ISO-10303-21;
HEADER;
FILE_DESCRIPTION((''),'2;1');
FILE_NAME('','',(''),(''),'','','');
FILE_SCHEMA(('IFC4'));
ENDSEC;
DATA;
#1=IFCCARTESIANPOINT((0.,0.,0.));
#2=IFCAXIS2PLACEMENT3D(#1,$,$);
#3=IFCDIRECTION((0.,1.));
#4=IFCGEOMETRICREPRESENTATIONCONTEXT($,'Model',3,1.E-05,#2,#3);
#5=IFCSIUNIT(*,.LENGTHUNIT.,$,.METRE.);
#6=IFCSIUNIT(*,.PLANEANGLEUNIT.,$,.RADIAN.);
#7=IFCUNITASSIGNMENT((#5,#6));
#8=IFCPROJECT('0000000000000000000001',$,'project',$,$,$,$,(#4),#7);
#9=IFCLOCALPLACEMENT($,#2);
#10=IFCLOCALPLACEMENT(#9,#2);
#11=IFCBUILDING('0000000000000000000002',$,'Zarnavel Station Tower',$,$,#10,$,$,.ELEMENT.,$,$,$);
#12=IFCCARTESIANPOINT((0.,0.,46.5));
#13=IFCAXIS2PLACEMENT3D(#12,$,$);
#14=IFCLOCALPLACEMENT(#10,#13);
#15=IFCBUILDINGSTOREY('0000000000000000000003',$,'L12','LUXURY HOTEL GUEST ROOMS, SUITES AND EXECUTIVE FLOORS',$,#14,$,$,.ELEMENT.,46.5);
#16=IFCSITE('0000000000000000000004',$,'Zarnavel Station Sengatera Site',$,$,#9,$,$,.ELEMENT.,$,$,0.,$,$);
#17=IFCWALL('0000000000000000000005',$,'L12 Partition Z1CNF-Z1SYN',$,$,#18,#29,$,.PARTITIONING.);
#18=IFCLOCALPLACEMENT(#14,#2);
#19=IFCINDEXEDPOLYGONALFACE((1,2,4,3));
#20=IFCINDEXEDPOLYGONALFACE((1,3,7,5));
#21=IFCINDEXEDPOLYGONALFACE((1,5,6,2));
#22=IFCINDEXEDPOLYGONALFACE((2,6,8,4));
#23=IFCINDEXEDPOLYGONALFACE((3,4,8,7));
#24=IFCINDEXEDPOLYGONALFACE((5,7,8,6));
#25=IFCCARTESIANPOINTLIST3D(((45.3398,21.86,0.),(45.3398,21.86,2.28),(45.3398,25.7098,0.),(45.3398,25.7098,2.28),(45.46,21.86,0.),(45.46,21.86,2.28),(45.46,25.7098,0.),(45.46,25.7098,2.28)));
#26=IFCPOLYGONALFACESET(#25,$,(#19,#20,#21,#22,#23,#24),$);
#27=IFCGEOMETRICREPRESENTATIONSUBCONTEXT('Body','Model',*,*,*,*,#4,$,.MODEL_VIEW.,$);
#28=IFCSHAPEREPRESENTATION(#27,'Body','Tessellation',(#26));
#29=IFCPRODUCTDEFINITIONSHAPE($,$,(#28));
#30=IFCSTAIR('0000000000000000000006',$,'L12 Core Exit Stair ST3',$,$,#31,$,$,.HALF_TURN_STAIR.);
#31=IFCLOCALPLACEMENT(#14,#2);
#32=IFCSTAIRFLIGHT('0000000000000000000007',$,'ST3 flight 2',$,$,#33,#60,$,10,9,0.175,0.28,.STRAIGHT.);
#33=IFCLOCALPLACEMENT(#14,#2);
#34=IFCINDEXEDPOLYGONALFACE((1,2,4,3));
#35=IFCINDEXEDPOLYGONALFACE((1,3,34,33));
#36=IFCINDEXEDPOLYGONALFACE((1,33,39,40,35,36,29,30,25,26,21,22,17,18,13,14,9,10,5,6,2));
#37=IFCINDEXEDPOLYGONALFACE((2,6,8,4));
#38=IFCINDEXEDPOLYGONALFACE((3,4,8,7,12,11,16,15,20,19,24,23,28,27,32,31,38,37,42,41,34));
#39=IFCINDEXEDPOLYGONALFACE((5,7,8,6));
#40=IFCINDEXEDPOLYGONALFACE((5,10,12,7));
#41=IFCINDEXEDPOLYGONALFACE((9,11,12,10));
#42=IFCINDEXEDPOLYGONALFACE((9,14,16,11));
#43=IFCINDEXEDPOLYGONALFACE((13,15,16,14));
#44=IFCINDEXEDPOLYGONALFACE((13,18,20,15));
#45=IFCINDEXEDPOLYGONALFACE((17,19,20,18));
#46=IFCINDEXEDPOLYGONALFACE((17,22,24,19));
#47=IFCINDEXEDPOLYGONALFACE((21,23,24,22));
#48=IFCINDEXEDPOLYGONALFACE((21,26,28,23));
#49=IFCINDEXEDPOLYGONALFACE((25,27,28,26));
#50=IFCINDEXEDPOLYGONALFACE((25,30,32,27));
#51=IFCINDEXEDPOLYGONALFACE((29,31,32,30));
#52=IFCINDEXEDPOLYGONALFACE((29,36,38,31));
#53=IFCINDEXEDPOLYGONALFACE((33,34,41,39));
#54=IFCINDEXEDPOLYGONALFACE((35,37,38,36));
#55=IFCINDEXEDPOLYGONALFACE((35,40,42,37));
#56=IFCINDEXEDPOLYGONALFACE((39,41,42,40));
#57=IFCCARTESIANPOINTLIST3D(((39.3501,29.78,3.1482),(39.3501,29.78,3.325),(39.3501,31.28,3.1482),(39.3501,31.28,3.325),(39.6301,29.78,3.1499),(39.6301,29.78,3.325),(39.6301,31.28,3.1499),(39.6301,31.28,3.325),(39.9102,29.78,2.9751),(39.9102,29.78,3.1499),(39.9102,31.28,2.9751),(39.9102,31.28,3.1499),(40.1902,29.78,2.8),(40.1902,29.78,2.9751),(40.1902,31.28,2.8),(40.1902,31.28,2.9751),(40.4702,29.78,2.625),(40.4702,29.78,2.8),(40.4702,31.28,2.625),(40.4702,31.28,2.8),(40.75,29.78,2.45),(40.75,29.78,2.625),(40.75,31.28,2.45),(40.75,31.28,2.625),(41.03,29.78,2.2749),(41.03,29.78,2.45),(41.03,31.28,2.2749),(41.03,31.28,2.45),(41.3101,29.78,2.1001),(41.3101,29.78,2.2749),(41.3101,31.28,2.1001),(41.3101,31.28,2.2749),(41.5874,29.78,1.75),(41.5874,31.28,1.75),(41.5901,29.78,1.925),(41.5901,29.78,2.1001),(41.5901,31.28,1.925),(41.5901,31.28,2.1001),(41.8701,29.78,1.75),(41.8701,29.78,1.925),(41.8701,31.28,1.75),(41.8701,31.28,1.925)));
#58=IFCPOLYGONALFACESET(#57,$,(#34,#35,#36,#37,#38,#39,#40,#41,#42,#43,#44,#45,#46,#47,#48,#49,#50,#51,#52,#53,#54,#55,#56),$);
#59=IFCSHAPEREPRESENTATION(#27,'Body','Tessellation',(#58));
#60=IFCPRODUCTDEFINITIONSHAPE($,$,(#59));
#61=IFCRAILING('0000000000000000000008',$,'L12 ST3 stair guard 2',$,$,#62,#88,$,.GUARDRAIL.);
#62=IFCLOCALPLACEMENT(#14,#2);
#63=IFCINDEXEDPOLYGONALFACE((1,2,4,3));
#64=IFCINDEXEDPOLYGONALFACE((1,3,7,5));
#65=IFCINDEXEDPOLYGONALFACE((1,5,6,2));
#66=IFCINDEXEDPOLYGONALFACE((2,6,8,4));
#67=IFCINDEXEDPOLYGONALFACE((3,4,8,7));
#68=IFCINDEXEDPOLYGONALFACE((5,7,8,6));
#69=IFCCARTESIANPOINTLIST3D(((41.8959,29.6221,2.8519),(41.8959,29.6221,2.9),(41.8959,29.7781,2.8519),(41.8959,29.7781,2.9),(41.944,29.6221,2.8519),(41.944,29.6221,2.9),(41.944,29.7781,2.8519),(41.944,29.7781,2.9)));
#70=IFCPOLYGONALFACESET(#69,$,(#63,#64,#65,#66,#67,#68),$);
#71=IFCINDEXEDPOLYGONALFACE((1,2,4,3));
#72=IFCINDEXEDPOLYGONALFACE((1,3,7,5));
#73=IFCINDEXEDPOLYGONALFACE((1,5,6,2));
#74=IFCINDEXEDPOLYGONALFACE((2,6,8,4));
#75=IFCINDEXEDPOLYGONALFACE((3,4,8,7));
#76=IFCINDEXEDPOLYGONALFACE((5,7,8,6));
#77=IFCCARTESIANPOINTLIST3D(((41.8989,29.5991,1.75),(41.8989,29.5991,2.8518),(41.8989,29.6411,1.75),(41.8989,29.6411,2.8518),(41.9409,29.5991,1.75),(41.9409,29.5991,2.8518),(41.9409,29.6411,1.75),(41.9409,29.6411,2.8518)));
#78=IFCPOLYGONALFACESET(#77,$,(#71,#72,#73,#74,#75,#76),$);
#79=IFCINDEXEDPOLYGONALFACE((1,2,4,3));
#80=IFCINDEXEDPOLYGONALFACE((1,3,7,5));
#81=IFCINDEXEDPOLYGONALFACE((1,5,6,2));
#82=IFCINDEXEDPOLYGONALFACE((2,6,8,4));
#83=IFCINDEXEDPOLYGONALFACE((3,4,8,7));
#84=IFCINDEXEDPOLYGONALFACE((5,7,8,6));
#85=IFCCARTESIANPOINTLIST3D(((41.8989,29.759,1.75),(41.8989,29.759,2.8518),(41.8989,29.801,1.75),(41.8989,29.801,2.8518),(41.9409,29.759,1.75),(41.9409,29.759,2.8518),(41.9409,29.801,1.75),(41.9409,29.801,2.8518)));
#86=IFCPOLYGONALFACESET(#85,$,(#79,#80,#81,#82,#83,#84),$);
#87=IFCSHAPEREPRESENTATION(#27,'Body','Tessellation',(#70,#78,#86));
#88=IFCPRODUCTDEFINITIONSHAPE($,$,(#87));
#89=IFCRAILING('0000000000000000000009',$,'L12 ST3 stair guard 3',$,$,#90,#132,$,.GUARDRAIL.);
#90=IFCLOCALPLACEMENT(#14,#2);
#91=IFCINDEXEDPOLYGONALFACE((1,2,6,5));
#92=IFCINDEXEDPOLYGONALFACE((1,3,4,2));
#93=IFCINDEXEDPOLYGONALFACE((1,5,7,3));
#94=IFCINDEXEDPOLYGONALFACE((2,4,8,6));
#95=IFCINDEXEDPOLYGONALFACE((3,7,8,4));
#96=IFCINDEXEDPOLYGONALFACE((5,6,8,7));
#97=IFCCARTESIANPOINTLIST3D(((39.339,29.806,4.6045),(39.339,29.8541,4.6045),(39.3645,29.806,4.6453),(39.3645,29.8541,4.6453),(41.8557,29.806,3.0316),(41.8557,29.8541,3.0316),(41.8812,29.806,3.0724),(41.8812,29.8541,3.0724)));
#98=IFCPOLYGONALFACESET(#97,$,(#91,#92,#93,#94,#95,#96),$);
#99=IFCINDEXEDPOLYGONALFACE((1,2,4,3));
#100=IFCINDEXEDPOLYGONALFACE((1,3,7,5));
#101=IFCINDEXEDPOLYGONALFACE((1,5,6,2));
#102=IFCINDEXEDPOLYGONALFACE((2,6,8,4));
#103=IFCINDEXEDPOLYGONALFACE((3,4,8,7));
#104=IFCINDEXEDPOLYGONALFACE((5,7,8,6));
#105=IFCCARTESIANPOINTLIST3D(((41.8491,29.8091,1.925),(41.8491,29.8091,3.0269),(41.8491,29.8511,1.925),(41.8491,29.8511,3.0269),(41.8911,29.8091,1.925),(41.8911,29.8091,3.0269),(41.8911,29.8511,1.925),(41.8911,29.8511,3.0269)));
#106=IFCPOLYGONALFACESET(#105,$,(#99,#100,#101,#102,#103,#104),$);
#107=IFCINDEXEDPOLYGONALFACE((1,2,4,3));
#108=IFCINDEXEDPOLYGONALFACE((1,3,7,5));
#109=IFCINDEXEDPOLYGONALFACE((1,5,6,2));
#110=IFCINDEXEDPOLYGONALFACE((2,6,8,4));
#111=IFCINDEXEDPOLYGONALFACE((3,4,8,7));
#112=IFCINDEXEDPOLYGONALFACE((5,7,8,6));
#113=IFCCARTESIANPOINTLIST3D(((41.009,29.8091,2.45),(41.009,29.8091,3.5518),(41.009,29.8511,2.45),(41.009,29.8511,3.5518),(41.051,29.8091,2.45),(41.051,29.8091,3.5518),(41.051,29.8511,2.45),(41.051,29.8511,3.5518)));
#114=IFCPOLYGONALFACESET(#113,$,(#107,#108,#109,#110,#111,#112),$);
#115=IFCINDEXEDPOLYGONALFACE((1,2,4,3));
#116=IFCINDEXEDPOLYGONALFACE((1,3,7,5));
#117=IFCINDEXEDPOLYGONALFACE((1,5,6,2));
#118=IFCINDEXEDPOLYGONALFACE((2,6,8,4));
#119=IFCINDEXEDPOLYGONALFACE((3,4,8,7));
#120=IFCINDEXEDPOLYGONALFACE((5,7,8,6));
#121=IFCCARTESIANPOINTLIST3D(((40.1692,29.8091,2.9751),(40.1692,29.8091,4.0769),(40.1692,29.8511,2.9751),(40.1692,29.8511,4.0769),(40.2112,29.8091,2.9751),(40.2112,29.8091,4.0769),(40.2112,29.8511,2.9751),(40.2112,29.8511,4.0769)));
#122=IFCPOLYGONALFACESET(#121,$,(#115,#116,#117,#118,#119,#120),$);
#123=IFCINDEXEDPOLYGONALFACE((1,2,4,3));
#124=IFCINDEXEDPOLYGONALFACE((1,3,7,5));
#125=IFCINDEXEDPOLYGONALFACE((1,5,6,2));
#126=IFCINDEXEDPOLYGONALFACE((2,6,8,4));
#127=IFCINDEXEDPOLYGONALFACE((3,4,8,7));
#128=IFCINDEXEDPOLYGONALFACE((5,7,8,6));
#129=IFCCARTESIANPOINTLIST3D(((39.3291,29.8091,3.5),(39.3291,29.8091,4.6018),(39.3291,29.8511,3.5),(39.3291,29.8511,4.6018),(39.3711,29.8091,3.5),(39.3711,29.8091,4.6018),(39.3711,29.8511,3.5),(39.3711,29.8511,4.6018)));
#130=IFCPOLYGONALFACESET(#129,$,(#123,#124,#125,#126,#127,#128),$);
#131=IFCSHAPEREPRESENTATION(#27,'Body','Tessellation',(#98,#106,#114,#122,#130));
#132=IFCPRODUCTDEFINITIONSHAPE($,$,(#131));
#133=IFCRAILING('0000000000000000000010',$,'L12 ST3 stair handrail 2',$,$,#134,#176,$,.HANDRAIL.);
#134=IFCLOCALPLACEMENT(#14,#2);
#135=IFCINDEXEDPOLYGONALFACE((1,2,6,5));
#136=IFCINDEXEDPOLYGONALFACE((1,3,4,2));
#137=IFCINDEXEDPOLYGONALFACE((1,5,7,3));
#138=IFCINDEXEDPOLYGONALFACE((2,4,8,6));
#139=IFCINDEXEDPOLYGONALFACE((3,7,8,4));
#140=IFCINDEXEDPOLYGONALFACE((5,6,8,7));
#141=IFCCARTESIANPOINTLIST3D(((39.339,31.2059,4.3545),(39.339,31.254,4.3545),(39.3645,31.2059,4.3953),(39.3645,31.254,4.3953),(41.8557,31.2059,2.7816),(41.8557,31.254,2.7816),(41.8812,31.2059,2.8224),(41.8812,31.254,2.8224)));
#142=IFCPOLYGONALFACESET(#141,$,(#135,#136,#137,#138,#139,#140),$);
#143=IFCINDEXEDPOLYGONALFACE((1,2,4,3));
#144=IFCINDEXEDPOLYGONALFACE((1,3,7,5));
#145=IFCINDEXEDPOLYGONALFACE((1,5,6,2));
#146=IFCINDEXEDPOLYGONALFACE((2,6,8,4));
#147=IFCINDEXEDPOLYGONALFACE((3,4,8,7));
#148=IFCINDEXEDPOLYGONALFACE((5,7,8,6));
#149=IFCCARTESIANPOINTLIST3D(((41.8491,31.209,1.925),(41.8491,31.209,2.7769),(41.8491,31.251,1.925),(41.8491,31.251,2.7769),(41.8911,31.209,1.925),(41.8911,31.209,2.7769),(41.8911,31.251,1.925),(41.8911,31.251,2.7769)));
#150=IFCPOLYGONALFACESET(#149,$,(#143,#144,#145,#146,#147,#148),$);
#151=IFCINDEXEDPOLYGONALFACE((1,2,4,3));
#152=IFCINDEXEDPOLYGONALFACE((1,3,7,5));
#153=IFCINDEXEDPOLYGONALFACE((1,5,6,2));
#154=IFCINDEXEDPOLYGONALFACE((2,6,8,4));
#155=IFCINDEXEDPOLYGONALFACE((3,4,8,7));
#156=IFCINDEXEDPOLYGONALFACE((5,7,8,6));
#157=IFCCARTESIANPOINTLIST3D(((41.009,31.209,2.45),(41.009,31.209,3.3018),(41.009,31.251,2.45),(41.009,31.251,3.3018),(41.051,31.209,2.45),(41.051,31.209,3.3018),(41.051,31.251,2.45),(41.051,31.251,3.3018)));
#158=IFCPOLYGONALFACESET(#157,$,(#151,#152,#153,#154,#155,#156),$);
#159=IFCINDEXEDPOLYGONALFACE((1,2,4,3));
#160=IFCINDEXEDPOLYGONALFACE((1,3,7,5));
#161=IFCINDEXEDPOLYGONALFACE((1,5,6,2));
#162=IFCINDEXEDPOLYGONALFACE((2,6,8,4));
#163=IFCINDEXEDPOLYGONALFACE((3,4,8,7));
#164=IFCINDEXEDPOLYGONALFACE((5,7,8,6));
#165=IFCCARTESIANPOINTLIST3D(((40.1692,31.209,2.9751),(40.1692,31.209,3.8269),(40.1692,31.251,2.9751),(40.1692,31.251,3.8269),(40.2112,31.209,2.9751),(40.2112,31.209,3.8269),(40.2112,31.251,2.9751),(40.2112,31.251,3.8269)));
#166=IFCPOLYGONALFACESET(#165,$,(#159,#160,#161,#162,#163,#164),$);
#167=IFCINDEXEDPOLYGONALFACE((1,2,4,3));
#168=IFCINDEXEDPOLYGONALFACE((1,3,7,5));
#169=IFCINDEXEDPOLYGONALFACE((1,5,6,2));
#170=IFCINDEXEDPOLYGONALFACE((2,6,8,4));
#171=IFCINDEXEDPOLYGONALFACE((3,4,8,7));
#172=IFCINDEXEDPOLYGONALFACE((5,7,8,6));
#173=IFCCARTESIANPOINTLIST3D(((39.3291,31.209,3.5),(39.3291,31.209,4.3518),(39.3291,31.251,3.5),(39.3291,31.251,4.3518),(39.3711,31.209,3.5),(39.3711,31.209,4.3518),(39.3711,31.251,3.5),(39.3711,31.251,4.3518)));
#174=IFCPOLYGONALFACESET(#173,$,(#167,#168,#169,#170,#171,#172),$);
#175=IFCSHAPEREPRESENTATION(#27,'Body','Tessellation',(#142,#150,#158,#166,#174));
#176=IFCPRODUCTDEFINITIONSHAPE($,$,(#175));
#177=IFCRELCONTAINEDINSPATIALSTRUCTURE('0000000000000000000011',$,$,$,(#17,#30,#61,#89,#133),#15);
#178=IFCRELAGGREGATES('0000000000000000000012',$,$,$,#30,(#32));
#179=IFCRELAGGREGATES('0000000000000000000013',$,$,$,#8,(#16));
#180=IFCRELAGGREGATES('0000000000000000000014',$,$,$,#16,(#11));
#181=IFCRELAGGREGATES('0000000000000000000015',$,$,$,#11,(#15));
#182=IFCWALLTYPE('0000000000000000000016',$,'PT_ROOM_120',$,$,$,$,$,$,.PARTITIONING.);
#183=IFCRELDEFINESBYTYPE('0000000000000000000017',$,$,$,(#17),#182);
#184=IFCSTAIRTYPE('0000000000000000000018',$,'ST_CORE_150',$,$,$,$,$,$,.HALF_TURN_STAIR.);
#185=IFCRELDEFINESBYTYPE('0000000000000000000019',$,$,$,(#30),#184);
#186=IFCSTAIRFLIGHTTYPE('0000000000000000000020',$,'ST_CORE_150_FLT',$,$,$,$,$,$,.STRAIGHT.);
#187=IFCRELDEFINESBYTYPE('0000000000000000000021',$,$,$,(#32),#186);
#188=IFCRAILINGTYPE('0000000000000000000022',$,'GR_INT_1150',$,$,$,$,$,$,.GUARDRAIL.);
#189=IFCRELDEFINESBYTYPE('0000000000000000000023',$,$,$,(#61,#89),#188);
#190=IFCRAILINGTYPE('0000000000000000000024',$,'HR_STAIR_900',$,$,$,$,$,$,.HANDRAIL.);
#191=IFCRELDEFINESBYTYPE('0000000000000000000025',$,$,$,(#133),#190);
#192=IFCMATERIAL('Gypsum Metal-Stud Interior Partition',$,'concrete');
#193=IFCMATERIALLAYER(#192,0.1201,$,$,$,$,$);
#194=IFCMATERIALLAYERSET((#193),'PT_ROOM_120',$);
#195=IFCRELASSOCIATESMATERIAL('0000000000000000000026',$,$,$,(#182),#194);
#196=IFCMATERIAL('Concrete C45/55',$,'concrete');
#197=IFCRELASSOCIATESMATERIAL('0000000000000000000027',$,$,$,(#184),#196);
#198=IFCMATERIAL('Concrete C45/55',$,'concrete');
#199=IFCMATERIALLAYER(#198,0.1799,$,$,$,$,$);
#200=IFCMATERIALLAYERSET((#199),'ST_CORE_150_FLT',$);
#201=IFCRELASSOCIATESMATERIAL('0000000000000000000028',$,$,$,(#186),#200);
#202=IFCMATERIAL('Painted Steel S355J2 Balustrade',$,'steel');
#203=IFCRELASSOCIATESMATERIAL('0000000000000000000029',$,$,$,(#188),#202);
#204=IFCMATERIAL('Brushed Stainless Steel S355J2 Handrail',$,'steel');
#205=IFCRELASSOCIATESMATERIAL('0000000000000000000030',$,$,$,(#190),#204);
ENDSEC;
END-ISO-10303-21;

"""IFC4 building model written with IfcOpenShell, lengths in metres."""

from ifc_helpers import new_model, si_unit, direction, frame, frame_2d, origin, origin_2d, place, context, subcontext, project, spatial, polyline, rectangle, outline, extrude, material, layer, layer_set, type_object, element, aggregate, save


model = new_model("IFC4")

# Units and contexts
model_context = context("Model", 3, precision=1e-05, world=origin(), true_north=direction((0.0, 1.0)))
body_context = subcontext(model_context, "Body", "Model", "MODEL_VIEW")
ifc_project = project(units=[si_unit("LENGTHUNIT", "METRE"), si_unit("PLANEANGLEUNIT", "RADIAN")], contexts=[model_context])

# Site, building, storey
site_placement = place(None, origin())
site = spatial("IfcSite", under=ifc_project, at=site_placement, Name="Zarnavel Station Sengatera Site", CompositionType="ELEMENT", RefElevation=0.0)
building_placement = place(site_placement, origin())
building = spatial("IfcBuilding", under=site, at=building_placement, Name="Zarnavel Station Tower", CompositionType="ELEMENT")
storey_placement = place(building_placement, frame((0.0, 0.0, 46.5)))
storey = spatial("IfcBuildingStorey", under=building, at=storey_placement, Name="L12", Description="LUXURY HOTEL GUEST ROOMS, SUITES AND EXECUTIVE FLOORS", CompositionType="ELEMENT", Elevation=46.5)

# Shared definitions
ifc_material_1 = material(Name="Gypsum Metal-Stud Interior Partition", Category="concrete")
ifc_layer_1 = layer(ifc_material_1, 0.1201)
ifc_layer_set_1 = layer_set([ifc_layer_1], Name="PT_ROOM_120")
wall_type_1 = type_object("IfcWallType", Name="PT_ROOM_120", PredefinedType="PARTITIONING", material=ifc_layer_set_1)

# Wall
wall_1_placement = place(storey_placement, frame((45.3999, 21.8601, 0.0), z_axis=(0.0, 0.0, 1.0), x_axis=(0.0, 1.0, 0.0)))
element("IfcWall", 1, at=wall_1_placement, inside=storey, type_object=wall_type_1, Name="L12 Partition Z1CNF-Z1SYN", PredefinedType="PARTITIONING", context=body_context, shape_type="SweptSolid", body=[
    extrude(rectangle(XDim=3.8499, YDim=0.1201, at=frame_2d((1.9248, 0.0))), origin(), (0.0, 0.0, 1.0), 2.28),
])

# Stair, stair flight
ifc_material_2 = material(Name="Concrete C45/55", Category="concrete")
stair_type = type_object("IfcStairType", Name="ST_CORE_150", PredefinedType="HALF_TURN_STAIR", material=ifc_material_2)
stair_placement = place(storey_placement, origin())
stair = element("IfcStair", 2, at=stair_placement, inside=storey, type_object=stair_type, Name="L12 Core Exit Stair ST3", PredefinedType="HALF_TURN_STAIR")
ifc_material_3 = material(Name="Concrete C45/55", Category="concrete")
ifc_layer_2 = layer(ifc_material_3, 0.1799)
ifc_layer_set_2 = layer_set([ifc_layer_2], Name="ST_CORE_150_FLT")
stair_flight_type = type_object("IfcStairFlightType", Name="ST_CORE_150_FLT", PredefinedType="STRAIGHT", material=ifc_layer_set_2)
stair_flight_placement = place(storey_placement, frame((41.8701, 30.53, 1.75), z_axis=(0.0, 0.0, 1.0), x_axis=(-1.0, 0.0, 0.0)))
stair_flight = element("IfcStairFlight", 3, at=stair_flight_placement, type_object=stair_flight_type, Name="ST3 flight 2", NumberOfRisers=10, NumberOfTreads=9, PredefinedType="STRAIGHT", RiserHeight=0.175, TreadLength=0.28, context=body_context, shape_type="SweptSolid", body=[
    extrude(outline(polyline([(0.0, 0.0), (0.0, 0.175), (0.28, 0.175), (0.28, 0.3501), (0.5601, 0.3501), (0.5601, 0.5249), (0.8401, 0.5249), (0.8401, 0.7), (1.1201, 0.7), (1.1201, 0.875), (1.3999, 0.875), (1.3999, 1.05), (1.6799, 1.05), (1.6799, 1.2251), (1.96, 1.2251), (1.96, 1.3999), (2.24, 1.3999), (2.24, 1.575), (2.52, 1.575), (2.52, 1.75), (2.52, 1.3982), (0.2827, 0.0), (0.0, 0.0)])), frame((0.0, 0.75, 0.0), z_axis=(0.0, -1.0, 0.0), x_axis=(1.0, 0.0, 0.0)), (0.0, 0.0, 1.0), 1.5),
])
aggregate(stair, [stair_flight])

# Railings
ifc_material_4 = material(Name="Painted Steel S355J2 Balustrade", Category="steel")
railing_type_1 = type_object("IfcRailingType", Name="GR_INT_1150", PredefinedType="GUARDRAIL", material=ifc_material_4)
railing_1_placement = place(storey_placement, frame((41.9199, 29.6201, 1.75)))
element("IfcRailing", 4, at=railing_1_placement, inside=storey, type_object=railing_type_1, Name="L12 ST3 stair guard 2", PredefinedType="GUARDRAIL", context=body_context, shape_type="SweptSolid", body=[
    extrude(rectangle(XDim=0.0481, YDim=0.0481, at=origin_2d()), frame((0.0, 0.002, 1.126), z_axis=(0.0, 1.0, 0.0), x_axis=(-1.0, 0.0, 0.0)), (0.0, 0.0, 1.0), 0.156),
    extrude(rectangle(XDim=0.042, YDim=0.042, at=origin_2d()), origin(), (0.0, 0.0, 1.0), 1.1018),
    extrude(rectangle(XDim=0.042, YDim=0.042, at=origin_2d()), frame((0.0, 0.1599, 0.0)), (0.0, 0.0, 1.0), 1.1018),
])
railing_2_placement = place(storey_placement, frame((41.8701, 29.8301, 1.925)))
element("IfcRailing", 5, at=railing_2_placement, inside=storey, type_object=railing_type_1, Name="L12 ST3 stair guard 3", PredefinedType="GUARDRAIL", context=body_context, shape_type="SweptSolid", body=[
    extrude(rectangle(XDim=0.0481, YDim=0.0481, at=origin_2d()), frame((-0.0017, 0.0, 1.127), z_axis=(-0.848008, 0.0, 0.529984), x_axis=(0.0, -1.0, 0.0)), (0.0, 0.0, 1.0), 2.9678),
    extrude(rectangle(XDim=0.042, YDim=0.042, at=origin_2d()), origin(), (0.0, 0.0, 1.0), 1.1018),
    extrude(rectangle(XDim=0.042, YDim=0.042, at=origin_2d()), frame((-0.8401, 0.0, 0.5249)), (0.0, 0.0, 1.0), 1.1018),
    extrude(rectangle(XDim=0.042, YDim=0.042, at=origin_2d()), frame((-1.6799, 0.0, 1.05)), (0.0, 0.0, 1.0), 1.1018),
    extrude(rectangle(XDim=0.042, YDim=0.042, at=origin_2d()), frame((-2.52, 0.0, 1.575)), (0.0, 0.0, 1.0), 1.1018),
])
ifc_material_5 = material(Name="Brushed Stainless Steel S355J2 Handrail", Category="steel")
railing_type_2 = type_object("IfcRailingType", Name="HR_STAIR_900", PredefinedType="HANDRAIL", material=ifc_material_5)
railing_3_placement = place(storey_placement, frame((41.8701, 31.23, 1.925)))
element("IfcRailing", 6, at=railing_3_placement, inside=storey, type_object=railing_type_2, Name="L12 ST3 stair handrail 2", PredefinedType="HANDRAIL", context=body_context, shape_type="SweptSolid", body=[
    extrude(rectangle(XDim=0.0481, YDim=0.0481, at=origin_2d()), frame((-0.0017, 0.0, 0.877), z_axis=(-0.848008, 0.0, 0.529984), x_axis=(0.0, -1.0, 0.0)), (0.0, 0.0, 1.0), 2.9678),
    extrude(rectangle(XDim=0.042, YDim=0.042, at=origin_2d()), origin(), (0.0, 0.0, 1.0), 0.8518),
    extrude(rectangle(XDim=0.042, YDim=0.042, at=origin_2d()), frame((-0.8401, 0.0, 0.5249)), (0.0, 0.0, 1.0), 0.8518),
    extrude(rectangle(XDim=0.042, YDim=0.042, at=origin_2d()), frame((-1.6799, 0.0, 1.05)), (0.0, 0.0, 1.0), 0.8518),
    extrude(rectangle(XDim=0.042, YDim=0.042, at=origin_2d()), frame((-2.52, 0.0, 1.575)), (0.0, 0.0, 1.0), 0.8518),
])

save(model, "model.ifc")
